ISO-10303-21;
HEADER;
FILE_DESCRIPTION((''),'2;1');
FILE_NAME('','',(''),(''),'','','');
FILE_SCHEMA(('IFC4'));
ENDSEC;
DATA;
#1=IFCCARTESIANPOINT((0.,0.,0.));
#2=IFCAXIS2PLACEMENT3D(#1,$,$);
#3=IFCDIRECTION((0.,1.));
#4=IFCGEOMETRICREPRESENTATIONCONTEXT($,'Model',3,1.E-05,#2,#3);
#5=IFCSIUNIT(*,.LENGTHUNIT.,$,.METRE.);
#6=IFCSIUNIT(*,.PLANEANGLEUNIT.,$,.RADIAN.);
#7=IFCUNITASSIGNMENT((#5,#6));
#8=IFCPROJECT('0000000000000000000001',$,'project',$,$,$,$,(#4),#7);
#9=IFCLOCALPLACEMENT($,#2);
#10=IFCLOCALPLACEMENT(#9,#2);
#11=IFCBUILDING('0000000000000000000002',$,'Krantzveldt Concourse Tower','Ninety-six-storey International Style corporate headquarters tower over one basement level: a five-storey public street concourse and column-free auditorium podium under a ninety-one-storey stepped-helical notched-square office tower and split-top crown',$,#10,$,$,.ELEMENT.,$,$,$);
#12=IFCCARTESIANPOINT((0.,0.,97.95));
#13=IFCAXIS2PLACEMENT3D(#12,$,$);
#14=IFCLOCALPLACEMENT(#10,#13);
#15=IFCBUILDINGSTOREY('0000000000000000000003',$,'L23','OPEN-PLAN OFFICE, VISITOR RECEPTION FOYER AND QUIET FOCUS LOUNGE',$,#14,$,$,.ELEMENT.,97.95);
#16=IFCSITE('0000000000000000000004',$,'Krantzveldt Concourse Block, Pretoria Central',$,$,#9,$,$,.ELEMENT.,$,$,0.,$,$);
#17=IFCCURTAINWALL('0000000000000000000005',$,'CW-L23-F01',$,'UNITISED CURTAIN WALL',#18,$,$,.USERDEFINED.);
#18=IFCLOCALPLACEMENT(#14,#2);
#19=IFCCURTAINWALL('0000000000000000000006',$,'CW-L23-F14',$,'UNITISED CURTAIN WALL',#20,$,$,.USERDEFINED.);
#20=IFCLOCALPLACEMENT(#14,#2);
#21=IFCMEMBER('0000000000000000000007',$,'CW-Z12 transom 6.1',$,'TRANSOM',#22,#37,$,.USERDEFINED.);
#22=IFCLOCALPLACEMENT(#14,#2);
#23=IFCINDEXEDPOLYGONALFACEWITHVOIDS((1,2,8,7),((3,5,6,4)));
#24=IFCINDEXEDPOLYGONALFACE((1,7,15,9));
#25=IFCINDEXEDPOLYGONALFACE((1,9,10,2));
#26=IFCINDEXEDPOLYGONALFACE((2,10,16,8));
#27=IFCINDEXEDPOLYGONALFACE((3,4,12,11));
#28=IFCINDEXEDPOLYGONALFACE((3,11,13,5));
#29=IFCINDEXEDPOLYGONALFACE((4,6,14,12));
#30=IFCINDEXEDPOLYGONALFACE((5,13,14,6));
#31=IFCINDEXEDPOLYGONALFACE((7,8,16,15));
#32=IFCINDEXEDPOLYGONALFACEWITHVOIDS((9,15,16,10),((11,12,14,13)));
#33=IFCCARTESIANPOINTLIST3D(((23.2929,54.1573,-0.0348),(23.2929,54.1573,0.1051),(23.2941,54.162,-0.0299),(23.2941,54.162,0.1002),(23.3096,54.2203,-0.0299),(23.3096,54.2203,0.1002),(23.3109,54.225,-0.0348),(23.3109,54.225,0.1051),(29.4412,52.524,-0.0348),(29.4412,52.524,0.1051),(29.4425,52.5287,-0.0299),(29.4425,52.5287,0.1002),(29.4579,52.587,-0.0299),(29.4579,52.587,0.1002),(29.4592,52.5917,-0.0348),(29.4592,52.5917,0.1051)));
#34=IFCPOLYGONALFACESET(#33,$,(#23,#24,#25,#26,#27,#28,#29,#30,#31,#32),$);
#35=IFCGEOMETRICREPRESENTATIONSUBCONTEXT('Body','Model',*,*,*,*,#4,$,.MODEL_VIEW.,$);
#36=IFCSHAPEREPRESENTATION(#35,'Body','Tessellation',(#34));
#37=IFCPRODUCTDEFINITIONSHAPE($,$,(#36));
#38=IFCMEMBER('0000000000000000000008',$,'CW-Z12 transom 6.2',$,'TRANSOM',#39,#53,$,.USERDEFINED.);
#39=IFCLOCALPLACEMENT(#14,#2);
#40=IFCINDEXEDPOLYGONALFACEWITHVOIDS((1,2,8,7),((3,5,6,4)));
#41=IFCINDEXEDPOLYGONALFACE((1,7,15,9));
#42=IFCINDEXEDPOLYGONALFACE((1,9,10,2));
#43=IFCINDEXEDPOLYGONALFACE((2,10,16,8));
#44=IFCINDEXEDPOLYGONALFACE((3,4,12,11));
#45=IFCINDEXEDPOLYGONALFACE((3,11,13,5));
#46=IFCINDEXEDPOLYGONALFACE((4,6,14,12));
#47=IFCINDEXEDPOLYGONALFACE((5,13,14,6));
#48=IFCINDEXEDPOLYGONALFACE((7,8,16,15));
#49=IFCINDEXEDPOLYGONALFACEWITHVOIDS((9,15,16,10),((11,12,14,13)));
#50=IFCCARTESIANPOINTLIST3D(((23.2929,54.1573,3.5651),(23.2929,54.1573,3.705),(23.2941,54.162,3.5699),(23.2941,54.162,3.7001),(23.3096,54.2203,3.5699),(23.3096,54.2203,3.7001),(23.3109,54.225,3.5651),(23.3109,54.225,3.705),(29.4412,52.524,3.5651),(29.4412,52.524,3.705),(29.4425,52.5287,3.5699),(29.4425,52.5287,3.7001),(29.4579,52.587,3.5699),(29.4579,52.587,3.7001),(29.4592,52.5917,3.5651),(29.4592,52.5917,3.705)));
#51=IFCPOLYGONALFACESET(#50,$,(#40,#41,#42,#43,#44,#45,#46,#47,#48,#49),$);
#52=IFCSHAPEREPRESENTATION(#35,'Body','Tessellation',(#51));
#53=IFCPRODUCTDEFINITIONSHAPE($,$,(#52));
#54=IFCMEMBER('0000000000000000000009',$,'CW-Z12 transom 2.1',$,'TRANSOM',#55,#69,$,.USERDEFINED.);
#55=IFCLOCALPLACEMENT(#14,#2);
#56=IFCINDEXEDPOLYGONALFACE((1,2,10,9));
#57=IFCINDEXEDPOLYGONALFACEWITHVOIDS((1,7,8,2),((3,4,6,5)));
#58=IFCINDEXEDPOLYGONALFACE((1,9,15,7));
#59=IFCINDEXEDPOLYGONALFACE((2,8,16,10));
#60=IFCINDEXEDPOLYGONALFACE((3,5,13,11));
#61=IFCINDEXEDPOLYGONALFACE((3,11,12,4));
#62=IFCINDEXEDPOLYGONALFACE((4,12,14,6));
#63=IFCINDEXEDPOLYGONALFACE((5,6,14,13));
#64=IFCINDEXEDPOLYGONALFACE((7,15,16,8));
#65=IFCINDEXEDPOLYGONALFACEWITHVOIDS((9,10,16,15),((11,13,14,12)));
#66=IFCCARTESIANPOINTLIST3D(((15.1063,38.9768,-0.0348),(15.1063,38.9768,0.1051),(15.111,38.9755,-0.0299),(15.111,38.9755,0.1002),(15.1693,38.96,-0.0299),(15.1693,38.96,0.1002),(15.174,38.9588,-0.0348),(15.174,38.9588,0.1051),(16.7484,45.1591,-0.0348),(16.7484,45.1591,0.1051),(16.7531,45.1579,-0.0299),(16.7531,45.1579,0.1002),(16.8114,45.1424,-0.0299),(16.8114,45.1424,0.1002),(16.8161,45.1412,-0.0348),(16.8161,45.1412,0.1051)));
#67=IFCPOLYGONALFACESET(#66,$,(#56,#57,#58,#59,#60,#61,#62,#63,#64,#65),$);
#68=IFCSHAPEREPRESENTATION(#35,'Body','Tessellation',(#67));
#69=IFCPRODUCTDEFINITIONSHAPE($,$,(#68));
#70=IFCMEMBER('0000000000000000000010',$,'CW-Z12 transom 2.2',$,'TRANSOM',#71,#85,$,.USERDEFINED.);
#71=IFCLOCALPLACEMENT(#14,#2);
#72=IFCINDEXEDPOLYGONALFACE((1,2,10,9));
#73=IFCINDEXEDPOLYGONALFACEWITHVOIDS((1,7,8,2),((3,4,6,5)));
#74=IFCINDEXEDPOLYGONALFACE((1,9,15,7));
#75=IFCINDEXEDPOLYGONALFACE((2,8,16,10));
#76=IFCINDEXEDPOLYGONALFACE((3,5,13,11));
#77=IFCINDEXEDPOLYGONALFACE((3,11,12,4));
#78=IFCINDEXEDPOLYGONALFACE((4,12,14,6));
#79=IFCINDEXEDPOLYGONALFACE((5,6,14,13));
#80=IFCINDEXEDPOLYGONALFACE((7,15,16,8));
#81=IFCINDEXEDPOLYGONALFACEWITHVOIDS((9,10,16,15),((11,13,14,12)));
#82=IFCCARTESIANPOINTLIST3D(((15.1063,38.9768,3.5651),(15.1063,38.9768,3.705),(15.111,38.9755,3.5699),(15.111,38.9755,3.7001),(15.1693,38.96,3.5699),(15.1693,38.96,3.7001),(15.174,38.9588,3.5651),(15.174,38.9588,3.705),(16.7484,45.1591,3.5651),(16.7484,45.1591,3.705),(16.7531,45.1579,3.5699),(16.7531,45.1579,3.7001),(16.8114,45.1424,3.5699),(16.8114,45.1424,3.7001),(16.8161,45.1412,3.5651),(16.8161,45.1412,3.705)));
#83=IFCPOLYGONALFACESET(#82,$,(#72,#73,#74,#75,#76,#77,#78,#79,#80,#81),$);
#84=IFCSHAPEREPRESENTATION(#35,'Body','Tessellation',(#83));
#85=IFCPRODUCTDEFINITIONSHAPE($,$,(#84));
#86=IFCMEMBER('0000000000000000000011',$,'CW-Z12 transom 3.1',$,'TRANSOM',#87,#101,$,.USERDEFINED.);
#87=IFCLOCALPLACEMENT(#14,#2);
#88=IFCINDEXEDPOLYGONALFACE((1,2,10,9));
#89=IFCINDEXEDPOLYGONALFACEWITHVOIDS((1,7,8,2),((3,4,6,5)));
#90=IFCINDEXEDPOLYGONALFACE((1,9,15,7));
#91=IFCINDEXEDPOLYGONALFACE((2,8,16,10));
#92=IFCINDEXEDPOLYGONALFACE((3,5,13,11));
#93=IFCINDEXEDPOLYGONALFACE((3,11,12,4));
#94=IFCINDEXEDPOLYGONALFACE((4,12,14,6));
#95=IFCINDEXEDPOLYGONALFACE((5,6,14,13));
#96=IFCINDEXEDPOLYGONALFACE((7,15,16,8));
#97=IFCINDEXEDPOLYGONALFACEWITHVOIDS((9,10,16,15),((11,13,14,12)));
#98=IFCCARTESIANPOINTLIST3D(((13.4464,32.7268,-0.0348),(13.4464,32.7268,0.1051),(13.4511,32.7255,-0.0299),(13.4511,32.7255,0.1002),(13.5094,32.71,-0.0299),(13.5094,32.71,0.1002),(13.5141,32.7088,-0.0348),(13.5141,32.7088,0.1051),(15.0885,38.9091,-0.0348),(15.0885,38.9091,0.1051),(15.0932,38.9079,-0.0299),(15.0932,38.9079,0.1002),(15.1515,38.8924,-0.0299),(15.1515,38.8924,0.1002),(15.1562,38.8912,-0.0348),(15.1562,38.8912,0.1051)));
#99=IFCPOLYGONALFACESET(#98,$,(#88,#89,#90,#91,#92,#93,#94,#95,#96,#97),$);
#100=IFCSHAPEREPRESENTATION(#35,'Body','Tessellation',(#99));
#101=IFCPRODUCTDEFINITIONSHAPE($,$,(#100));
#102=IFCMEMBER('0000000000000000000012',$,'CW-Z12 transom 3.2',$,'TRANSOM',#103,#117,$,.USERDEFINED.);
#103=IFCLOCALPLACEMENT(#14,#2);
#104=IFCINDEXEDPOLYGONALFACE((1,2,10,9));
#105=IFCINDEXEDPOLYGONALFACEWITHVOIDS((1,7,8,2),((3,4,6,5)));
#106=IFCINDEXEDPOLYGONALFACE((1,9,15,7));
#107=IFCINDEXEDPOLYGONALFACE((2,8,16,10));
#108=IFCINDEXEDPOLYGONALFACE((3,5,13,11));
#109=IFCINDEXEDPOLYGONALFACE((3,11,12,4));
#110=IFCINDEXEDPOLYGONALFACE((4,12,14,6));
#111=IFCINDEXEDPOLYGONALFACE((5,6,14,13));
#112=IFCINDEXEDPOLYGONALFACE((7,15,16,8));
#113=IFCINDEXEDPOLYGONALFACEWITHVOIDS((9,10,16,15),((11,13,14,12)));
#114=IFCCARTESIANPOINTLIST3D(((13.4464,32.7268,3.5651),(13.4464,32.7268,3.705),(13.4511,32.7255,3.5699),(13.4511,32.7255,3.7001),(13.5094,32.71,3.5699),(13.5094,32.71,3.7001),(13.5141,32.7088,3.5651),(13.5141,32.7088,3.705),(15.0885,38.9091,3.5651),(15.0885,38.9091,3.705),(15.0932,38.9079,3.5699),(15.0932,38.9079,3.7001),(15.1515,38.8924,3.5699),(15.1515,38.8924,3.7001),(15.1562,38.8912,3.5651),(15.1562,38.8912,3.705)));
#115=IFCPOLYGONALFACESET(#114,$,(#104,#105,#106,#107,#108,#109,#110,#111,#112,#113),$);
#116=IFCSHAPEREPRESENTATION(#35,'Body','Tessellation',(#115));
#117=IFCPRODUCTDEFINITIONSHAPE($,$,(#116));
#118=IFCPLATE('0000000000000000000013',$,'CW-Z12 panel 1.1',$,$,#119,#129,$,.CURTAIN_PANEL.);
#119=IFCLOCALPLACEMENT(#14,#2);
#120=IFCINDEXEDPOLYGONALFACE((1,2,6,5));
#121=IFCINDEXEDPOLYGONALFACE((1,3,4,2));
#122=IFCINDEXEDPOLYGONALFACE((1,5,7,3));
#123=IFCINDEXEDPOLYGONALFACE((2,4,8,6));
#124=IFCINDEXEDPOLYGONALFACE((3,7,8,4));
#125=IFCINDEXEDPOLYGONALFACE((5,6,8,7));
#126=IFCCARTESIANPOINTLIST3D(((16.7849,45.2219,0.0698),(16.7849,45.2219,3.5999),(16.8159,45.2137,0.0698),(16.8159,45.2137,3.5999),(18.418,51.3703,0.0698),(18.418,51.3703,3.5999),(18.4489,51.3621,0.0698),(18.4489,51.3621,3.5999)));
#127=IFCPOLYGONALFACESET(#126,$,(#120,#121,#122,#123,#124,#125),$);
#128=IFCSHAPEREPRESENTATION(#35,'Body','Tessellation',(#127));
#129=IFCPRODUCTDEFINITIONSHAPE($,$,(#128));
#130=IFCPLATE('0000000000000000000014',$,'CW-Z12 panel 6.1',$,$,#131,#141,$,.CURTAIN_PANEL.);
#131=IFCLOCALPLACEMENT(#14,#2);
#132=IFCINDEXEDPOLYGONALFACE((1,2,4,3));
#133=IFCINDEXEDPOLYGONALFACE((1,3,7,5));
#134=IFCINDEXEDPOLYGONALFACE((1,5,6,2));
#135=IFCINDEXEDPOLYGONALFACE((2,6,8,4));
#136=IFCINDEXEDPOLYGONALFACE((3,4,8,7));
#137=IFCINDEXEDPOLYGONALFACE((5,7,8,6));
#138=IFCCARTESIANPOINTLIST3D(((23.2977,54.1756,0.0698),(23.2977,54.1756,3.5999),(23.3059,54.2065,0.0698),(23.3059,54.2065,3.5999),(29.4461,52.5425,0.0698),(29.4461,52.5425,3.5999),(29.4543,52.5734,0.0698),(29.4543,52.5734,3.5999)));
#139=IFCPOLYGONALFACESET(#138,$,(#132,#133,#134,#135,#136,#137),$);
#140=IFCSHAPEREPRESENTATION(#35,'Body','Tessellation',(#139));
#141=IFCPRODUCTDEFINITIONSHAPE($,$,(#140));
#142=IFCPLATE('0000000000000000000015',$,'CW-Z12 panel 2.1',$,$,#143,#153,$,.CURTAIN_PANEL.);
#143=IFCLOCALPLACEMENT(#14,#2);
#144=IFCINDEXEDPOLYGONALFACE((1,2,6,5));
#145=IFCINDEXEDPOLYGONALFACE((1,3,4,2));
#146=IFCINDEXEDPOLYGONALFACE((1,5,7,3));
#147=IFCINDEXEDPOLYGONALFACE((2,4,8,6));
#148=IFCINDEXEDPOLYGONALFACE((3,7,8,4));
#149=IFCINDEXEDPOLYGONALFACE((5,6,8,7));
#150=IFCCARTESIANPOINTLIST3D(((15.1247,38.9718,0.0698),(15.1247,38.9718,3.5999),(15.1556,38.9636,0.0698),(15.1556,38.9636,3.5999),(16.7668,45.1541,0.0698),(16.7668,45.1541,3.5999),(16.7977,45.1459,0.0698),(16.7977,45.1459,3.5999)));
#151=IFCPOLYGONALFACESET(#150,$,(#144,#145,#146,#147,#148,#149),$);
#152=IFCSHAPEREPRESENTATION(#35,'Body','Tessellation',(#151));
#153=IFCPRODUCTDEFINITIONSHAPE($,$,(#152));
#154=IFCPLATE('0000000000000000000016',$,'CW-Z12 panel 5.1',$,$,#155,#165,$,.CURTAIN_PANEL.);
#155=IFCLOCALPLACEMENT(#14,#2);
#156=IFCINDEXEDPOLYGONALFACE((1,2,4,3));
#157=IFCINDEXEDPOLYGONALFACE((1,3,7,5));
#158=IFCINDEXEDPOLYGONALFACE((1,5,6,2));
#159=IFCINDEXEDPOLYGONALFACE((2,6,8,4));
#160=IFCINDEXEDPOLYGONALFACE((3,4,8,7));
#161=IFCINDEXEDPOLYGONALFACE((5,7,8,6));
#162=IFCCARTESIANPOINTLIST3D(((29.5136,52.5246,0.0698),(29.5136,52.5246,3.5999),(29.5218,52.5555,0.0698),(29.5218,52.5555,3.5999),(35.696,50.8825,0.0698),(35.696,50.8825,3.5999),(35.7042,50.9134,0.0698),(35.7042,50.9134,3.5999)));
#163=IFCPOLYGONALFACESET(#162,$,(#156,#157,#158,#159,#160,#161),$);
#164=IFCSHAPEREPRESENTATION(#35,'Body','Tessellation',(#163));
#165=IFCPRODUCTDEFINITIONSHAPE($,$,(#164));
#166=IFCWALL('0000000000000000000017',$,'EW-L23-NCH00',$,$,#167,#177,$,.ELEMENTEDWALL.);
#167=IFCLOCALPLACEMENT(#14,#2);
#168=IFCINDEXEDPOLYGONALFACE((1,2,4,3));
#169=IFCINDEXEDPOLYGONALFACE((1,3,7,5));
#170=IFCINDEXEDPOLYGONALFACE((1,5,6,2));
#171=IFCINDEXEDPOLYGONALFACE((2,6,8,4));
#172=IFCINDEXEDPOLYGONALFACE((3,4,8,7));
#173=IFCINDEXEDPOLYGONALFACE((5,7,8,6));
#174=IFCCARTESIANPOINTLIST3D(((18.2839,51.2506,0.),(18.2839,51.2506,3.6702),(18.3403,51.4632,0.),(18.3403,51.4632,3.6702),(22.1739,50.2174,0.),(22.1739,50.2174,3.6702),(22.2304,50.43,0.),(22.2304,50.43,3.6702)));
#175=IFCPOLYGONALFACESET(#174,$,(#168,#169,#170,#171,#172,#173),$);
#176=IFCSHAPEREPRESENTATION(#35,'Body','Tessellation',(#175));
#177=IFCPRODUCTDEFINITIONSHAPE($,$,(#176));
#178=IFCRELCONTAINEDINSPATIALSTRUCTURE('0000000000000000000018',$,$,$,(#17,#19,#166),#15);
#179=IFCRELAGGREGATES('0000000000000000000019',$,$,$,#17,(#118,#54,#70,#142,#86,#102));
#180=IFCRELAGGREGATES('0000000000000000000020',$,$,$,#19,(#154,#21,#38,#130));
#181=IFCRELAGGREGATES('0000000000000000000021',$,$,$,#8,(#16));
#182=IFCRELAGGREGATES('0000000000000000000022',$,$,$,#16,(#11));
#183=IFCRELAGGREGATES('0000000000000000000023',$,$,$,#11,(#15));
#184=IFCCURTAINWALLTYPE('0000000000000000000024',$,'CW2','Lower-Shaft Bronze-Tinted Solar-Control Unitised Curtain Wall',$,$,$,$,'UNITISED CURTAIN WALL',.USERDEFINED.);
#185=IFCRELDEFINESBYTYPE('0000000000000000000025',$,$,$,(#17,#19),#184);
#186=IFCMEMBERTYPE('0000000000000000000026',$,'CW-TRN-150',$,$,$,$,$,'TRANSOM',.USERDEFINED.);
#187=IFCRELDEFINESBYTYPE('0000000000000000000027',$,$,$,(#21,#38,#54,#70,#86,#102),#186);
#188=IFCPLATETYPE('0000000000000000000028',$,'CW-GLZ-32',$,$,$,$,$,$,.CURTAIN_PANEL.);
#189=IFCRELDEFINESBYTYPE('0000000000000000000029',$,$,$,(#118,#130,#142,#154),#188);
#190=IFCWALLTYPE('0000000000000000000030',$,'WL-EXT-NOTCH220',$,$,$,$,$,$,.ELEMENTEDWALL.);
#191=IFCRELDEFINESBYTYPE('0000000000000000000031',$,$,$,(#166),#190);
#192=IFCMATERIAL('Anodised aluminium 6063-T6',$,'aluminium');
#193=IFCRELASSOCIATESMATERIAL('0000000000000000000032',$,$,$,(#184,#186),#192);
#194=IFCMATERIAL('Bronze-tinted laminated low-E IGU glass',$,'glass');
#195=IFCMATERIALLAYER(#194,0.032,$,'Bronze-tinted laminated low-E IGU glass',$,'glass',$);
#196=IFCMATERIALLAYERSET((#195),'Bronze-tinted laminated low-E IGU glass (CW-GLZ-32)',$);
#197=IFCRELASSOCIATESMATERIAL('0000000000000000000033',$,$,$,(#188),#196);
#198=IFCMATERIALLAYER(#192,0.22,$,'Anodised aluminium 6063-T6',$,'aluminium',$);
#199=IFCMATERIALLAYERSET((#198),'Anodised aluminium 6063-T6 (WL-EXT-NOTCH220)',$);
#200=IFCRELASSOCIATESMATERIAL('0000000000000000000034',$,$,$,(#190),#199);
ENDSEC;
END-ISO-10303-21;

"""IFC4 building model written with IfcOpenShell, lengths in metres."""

from ifc_helpers import new_model, si_unit, direction, frame, frame_2d, origin, origin_2d, place, context, subcontext, project, spatial, rectangle, hollow_rectangle, extrude, source, transform, mapped, material, layer, layer_set, material_profile, profile_set, type_object, type_shapes, element, aggregate, save


model = new_model("IFC4")

# Units and contexts
model_context = context("Model", 3, precision=1e-05, world=origin(), true_north=direction((0.0, 1.0)))
body_context = subcontext(model_context, "Body", "Model", "MODEL_VIEW")
ifc_project = project(units=[si_unit("LENGTHUNIT", "METRE"), si_unit("PLANEANGLEUNIT", "RADIAN")], contexts=[model_context])

# Site, building, storey
site_placement = place(None, origin())
site = spatial("IfcSite", under=ifc_project, at=site_placement, Name="Krantzveldt Concourse Block, Pretoria Central", CompositionType="ELEMENT", RefElevation=0.0)
building_placement = place(site_placement, origin())
building = spatial("IfcBuilding", under=site, at=building_placement, Name="Krantzveldt Concourse Tower", Description="Ninety-six-storey International Style corporate headquarters tower over one basement level: a five-storey public street concourse and column-free auditorium podium under a ninety-one-storey stepped-helical notched-square office tower and split-top crown", CompositionType="ELEMENT")
storey_placement = place(building_placement, frame((0.0, 0.0, 97.95)))
storey = spatial("IfcBuildingStorey", under=building, at=storey_placement, Name="L23", Description="OPEN-PLAN OFFICE, VISITOR RECEPTION FOYER AND QUIET FOCUS LOUNGE", CompositionType="ELEMENT", Elevation=97.95)

# Curtain walls
ifc_material_1 = material(Name="Anodised aluminium 6063-T6", Category="aluminium")
curtain_wall_type = type_object("IfcCurtainWallType", Name="CW2", Description="Lower-Shaft Bronze-Tinted Solar-Control Unitised Curtain Wall", ElementType="UNITISED CURTAIN WALL", PredefinedType="USERDEFINED", material=ifc_material_1)
curtain_wall_1_placement = place(storey_placement, origin())
curtain_wall_1 = element("IfcCurtainWall", 1, at=curtain_wall_1_placement, inside=storey, type_object=curtain_wall_type, Name="CW-L23-F01", ObjectType="UNITISED CURTAIN WALL", PredefinedType="USERDEFINED")
curtain_wall_2_placement = place(storey_placement, origin())
curtain_wall_2 = element("IfcCurtainWall", 2, at=curtain_wall_2_placement, inside=storey, type_object=curtain_wall_type, Name="CW-L23-F14", ObjectType="UNITISED CURTAIN WALL", PredefinedType="USERDEFINED")

# Members
ifc_material_profile_1 = material_profile(ifc_material_1, hollow_rectangle(XDim=0.0701, YDim=0.1399, WallThickness=0.0049, at=origin_2d()), Name="Anodised aluminium 6063-T6", Category="aluminium")
ifc_profile_set_1 = profile_set([ifc_material_profile_1], Name="Anodised aluminium 6063-T6 - ALU-TRAN 140x70x5")
member_type_1 = type_object("IfcMemberType", Name="CW-TRN-150", ElementType="TRANSOM", PredefinedType="USERDEFINED", material=ifc_profile_set_1)
shared_shape_1 = source(origin(), body_context, "Body", "SweptSolid", [
    extrude(hollow_rectangle(XDim=0.0701, YDim=0.1399, WallThickness=0.0049, at=origin_2d()), origin(), (0.0, 0.0, 1.0), 6.3616),
])
member_1_placement = place(storey_placement, frame((29.4502, 52.5579, 0.0352), z_axis=(-0.96648, 0.256741, 0.0), x_axis=(-0.256741, -0.96648, 0.0)))
member_1 = element("IfcMember", 3, at=member_1_placement, type_object=member_type_1, Name="CW-Z12 transom 6.1", ObjectType="TRANSOM", PredefinedType="USERDEFINED", context=body_context, shape_type="MappedRepresentation", body=[
    mapped(shared_shape_1, transform((0.0, 0.0, 0.0), x_axis=(1.0, 0.0, 0.0), y_axis=(0.0, 1.0, 0.0), z_axis=(0.0, 0.0, 1.0), scale=1.0)),
])
member_2_placement = place(storey_placement, frame((29.4502, 52.5579, 3.635), z_axis=(-0.96648, 0.256741, 0.0), x_axis=(-0.256741, -0.96648, 0.0)))
member_2 = element("IfcMember", 4, at=member_2_placement, type_object=member_type_1, Name="CW-Z12 transom 6.2", ObjectType="TRANSOM", PredefinedType="USERDEFINED", context=body_context, shape_type="MappedRepresentation", body=[
    mapped(shared_shape_1, transform((0.0, 0.0, 0.0), x_axis=(1.0, 0.0, 0.0), y_axis=(0.0, 1.0, 0.0), z_axis=(0.0, 0.0, 1.0), scale=1.0)),
])
shared_shape_2 = source(origin(), body_context, "Body", "SweptSolid", [
    extrude(hollow_rectangle(XDim=0.0701, YDim=0.1399, WallThickness=0.0049, at=origin_2d()), origin(), (0.0, 0.0, 1.0), 6.3967),
])
type_shapes(member_type_1, [shared_shape_1, shared_shape_2])
member_3_placement = place(storey_placement, frame((16.7822, 45.1501, 0.0352), z_axis=(-0.256708, -0.966489, 0.0), x_axis=(0.966489, -0.256708, 0.0)))
member_3 = element("IfcMember", 5, at=member_3_placement, type_object=member_type_1, Name="CW-Z12 transom 2.1", ObjectType="TRANSOM", PredefinedType="USERDEFINED", context=body_context, shape_type="MappedRepresentation", body=[
    mapped(shared_shape_2, transform((0.0, 0.0, 0.0), x_axis=(1.0, 0.0, 0.0), y_axis=(0.0, 1.0, 0.0), z_axis=(0.0, 0.0, 1.0), scale=1.0)),
])
member_4_placement = place(storey_placement, frame((16.7822, 45.1501, 3.635), z_axis=(-0.256708, -0.966489, 0.0), x_axis=(0.966489, -0.256708, 0.0)))
member_4 = element("IfcMember", 6, at=member_4_placement, type_object=member_type_1, Name="CW-Z12 transom 2.2", ObjectType="TRANSOM", PredefinedType="USERDEFINED", context=body_context, shape_type="MappedRepresentation", body=[
    mapped(shared_shape_2, transform((0.0, 0.0, 0.0), x_axis=(1.0, 0.0, 0.0), y_axis=(0.0, 1.0, 0.0), z_axis=(0.0, 0.0, 1.0), scale=1.0)),
])
member_5_placement = place(storey_placement, frame((15.1223, 38.9001, 0.0352), z_axis=(-0.256708, -0.966489, 0.0), x_axis=(0.966489, -0.256708, 0.0)))
member_5 = element("IfcMember", 7, at=member_5_placement, type_object=member_type_1, Name="CW-Z12 transom 3.1", ObjectType="TRANSOM", PredefinedType="USERDEFINED", context=body_context, shape_type="MappedRepresentation", body=[
    mapped(shared_shape_2, transform((0.0, 0.0, 0.0), x_axis=(1.0, 0.0, 0.0), y_axis=(0.0, 1.0, 0.0), z_axis=(0.0, 0.0, 1.0), scale=1.0)),
])
member_6_placement = place(storey_placement, frame((15.1223, 38.9001, 3.635), z_axis=(-0.256708, -0.966489, 0.0), x_axis=(0.966489, -0.256708, 0.0)))
member_6 = element("IfcMember", 8, at=member_6_placement, type_object=member_type_1, Name="CW-Z12 transom 3.2", ObjectType="TRANSOM", PredefinedType="USERDEFINED", context=body_context, shape_type="MappedRepresentation", body=[
    mapped(shared_shape_2, transform((0.0, 0.0, 0.0), x_axis=(1.0, 0.0, 0.0), y_axis=(0.0, 1.0, 0.0), z_axis=(0.0, 0.0, 1.0), scale=1.0)),
])

# Plates
ifc_material_2 = material(Name="Bronze-tinted laminated low-E IGU glass", Category="glass")
ifc_layer_1 = layer(ifc_material_2, 0.032, Name="Bronze-tinted laminated low-E IGU glass", Category="glass")
ifc_layer_set_1 = layer_set([ifc_layer_1], Name="Bronze-tinted laminated low-E IGU glass (CW-GLZ-32)")
plate_type = type_object("IfcPlateType", Name="CW-GLZ-32", PredefinedType="CURTAIN_PANEL", material=ifc_layer_set_1)
shared_shape_3 = source(origin(), body_context, "Body", "SweptSolid", [
    extrude(rectangle(XDim=6.3616, YDim=0.032, at=origin_2d()), origin(), (0.0, 0.0, 1.0), 3.53),
])
plate_1_placement = place(storey_placement, frame((17.6169, 48.292, 0.0698), z_axis=(0.0, 0.0, 1.0), x_axis=(-0.256711, -0.966488, 0.0)))
plate_1 = element("IfcPlate", 9, at=plate_1_placement, type_object=plate_type, Name="CW-Z12 panel 1.1", PredefinedType="CURTAIN_PANEL", context=body_context, shape_type="MappedRepresentation", body=[
    mapped(shared_shape_3, transform((0.0, 0.0, 0.0), x_axis=(1.0, 0.0, 0.0), y_axis=(0.0, 1.0, 0.0), z_axis=(0.0, 0.0, 1.0), scale=1.0)),
])
plate_2_placement = place(storey_placement, frame((26.376, 53.3745, 0.0698), z_axis=(0.0, 0.0, 1.0), x_axis=(-0.966488, 0.256711, 0.0)))
plate_2 = element("IfcPlate", 10, at=plate_2_placement, type_object=plate_type, Name="CW-Z12 panel 6.1", PredefinedType="CURTAIN_PANEL", context=body_context, shape_type="MappedRepresentation", body=[
    mapped(shared_shape_3, transform((0.0, 0.0, 0.0), x_axis=(1.0, 0.0, 0.0), y_axis=(0.0, 1.0, 0.0), z_axis=(0.0, 0.0, 1.0), scale=1.0)),
])
shared_shape_4 = source(origin(), body_context, "Body", "SweptSolid", [
    extrude(rectangle(XDim=6.3967, YDim=0.032, at=origin_2d()), origin(), (0.0, 0.0, 1.0), 3.53),
])
type_shapes(plate_type, [shared_shape_3, shared_shape_4])
plate_3_placement = place(storey_placement, frame((15.9612, 42.0588, 0.0698), z_axis=(0.0, 0.0, 1.0), x_axis=(-0.256711, -0.966488, 0.0)))
plate_3 = element("IfcPlate", 11, at=plate_3_placement, type_object=plate_type, Name="CW-Z12 panel 2.1", PredefinedType="CURTAIN_PANEL", context=body_context, shape_type="MappedRepresentation", body=[
    mapped(shared_shape_4, transform((0.0, 0.0, 0.0), x_axis=(1.0, 0.0, 0.0), y_axis=(0.0, 1.0, 0.0), z_axis=(0.0, 0.0, 1.0), scale=1.0)),
])
aggregate(curtain_wall_1, [plate_1, member_3, member_4, plate_3, member_5, member_6])
plate_4_placement = place(storey_placement, frame((32.6089, 51.719, 0.0698), z_axis=(0.0, 0.0, 1.0), x_axis=(-0.966488, 0.256711, 0.0)))
plate_4 = element("IfcPlate", 12, at=plate_4_placement, type_object=plate_type, Name="CW-Z12 panel 5.1", PredefinedType="CURTAIN_PANEL", context=body_context, shape_type="MappedRepresentation", body=[
    mapped(shared_shape_4, transform((0.0, 0.0, 0.0), x_axis=(1.0, 0.0, 0.0), y_axis=(0.0, 1.0, 0.0), z_axis=(0.0, 0.0, 1.0), scale=1.0)),
])
aggregate(curtain_wall_2, [plate_4, member_1, member_2, plate_2])

# Wall
ifc_layer_2 = layer(ifc_material_1, 0.22, Name="Anodised aluminium 6063-T6", Category="aluminium")
ifc_layer_set_2 = layer_set([ifc_layer_2], Name="Anodised aluminium 6063-T6 (WL-EXT-NOTCH220)")
wall_type_1 = type_object("IfcWallType", Name="WL-EXT-NOTCH220", PredefinedType="ELEMENTEDWALL", material=ifc_layer_set_2)
wall_1_placement = place(storey_placement, frame((22.2021, 50.3237, 0.0), z_axis=(0.0, 0.0, 1.0), x_axis=(-0.966492, 0.256696, 0.0)))
element("IfcWall", 13, at=wall_1_placement, inside=storey, type_object=wall_type_1, Name="EW-L23-NCH00", PredefinedType="ELEMENTEDWALL", context=body_context, shape_type="SweptSolid", body=[
    extrude(rectangle(XDim=4.0249, YDim=0.22, at=frame_2d((2.0125, 0.0))), origin(), (0.0, 0.0, 1.0), 3.6702),
])

save(model, "model.ifc")
